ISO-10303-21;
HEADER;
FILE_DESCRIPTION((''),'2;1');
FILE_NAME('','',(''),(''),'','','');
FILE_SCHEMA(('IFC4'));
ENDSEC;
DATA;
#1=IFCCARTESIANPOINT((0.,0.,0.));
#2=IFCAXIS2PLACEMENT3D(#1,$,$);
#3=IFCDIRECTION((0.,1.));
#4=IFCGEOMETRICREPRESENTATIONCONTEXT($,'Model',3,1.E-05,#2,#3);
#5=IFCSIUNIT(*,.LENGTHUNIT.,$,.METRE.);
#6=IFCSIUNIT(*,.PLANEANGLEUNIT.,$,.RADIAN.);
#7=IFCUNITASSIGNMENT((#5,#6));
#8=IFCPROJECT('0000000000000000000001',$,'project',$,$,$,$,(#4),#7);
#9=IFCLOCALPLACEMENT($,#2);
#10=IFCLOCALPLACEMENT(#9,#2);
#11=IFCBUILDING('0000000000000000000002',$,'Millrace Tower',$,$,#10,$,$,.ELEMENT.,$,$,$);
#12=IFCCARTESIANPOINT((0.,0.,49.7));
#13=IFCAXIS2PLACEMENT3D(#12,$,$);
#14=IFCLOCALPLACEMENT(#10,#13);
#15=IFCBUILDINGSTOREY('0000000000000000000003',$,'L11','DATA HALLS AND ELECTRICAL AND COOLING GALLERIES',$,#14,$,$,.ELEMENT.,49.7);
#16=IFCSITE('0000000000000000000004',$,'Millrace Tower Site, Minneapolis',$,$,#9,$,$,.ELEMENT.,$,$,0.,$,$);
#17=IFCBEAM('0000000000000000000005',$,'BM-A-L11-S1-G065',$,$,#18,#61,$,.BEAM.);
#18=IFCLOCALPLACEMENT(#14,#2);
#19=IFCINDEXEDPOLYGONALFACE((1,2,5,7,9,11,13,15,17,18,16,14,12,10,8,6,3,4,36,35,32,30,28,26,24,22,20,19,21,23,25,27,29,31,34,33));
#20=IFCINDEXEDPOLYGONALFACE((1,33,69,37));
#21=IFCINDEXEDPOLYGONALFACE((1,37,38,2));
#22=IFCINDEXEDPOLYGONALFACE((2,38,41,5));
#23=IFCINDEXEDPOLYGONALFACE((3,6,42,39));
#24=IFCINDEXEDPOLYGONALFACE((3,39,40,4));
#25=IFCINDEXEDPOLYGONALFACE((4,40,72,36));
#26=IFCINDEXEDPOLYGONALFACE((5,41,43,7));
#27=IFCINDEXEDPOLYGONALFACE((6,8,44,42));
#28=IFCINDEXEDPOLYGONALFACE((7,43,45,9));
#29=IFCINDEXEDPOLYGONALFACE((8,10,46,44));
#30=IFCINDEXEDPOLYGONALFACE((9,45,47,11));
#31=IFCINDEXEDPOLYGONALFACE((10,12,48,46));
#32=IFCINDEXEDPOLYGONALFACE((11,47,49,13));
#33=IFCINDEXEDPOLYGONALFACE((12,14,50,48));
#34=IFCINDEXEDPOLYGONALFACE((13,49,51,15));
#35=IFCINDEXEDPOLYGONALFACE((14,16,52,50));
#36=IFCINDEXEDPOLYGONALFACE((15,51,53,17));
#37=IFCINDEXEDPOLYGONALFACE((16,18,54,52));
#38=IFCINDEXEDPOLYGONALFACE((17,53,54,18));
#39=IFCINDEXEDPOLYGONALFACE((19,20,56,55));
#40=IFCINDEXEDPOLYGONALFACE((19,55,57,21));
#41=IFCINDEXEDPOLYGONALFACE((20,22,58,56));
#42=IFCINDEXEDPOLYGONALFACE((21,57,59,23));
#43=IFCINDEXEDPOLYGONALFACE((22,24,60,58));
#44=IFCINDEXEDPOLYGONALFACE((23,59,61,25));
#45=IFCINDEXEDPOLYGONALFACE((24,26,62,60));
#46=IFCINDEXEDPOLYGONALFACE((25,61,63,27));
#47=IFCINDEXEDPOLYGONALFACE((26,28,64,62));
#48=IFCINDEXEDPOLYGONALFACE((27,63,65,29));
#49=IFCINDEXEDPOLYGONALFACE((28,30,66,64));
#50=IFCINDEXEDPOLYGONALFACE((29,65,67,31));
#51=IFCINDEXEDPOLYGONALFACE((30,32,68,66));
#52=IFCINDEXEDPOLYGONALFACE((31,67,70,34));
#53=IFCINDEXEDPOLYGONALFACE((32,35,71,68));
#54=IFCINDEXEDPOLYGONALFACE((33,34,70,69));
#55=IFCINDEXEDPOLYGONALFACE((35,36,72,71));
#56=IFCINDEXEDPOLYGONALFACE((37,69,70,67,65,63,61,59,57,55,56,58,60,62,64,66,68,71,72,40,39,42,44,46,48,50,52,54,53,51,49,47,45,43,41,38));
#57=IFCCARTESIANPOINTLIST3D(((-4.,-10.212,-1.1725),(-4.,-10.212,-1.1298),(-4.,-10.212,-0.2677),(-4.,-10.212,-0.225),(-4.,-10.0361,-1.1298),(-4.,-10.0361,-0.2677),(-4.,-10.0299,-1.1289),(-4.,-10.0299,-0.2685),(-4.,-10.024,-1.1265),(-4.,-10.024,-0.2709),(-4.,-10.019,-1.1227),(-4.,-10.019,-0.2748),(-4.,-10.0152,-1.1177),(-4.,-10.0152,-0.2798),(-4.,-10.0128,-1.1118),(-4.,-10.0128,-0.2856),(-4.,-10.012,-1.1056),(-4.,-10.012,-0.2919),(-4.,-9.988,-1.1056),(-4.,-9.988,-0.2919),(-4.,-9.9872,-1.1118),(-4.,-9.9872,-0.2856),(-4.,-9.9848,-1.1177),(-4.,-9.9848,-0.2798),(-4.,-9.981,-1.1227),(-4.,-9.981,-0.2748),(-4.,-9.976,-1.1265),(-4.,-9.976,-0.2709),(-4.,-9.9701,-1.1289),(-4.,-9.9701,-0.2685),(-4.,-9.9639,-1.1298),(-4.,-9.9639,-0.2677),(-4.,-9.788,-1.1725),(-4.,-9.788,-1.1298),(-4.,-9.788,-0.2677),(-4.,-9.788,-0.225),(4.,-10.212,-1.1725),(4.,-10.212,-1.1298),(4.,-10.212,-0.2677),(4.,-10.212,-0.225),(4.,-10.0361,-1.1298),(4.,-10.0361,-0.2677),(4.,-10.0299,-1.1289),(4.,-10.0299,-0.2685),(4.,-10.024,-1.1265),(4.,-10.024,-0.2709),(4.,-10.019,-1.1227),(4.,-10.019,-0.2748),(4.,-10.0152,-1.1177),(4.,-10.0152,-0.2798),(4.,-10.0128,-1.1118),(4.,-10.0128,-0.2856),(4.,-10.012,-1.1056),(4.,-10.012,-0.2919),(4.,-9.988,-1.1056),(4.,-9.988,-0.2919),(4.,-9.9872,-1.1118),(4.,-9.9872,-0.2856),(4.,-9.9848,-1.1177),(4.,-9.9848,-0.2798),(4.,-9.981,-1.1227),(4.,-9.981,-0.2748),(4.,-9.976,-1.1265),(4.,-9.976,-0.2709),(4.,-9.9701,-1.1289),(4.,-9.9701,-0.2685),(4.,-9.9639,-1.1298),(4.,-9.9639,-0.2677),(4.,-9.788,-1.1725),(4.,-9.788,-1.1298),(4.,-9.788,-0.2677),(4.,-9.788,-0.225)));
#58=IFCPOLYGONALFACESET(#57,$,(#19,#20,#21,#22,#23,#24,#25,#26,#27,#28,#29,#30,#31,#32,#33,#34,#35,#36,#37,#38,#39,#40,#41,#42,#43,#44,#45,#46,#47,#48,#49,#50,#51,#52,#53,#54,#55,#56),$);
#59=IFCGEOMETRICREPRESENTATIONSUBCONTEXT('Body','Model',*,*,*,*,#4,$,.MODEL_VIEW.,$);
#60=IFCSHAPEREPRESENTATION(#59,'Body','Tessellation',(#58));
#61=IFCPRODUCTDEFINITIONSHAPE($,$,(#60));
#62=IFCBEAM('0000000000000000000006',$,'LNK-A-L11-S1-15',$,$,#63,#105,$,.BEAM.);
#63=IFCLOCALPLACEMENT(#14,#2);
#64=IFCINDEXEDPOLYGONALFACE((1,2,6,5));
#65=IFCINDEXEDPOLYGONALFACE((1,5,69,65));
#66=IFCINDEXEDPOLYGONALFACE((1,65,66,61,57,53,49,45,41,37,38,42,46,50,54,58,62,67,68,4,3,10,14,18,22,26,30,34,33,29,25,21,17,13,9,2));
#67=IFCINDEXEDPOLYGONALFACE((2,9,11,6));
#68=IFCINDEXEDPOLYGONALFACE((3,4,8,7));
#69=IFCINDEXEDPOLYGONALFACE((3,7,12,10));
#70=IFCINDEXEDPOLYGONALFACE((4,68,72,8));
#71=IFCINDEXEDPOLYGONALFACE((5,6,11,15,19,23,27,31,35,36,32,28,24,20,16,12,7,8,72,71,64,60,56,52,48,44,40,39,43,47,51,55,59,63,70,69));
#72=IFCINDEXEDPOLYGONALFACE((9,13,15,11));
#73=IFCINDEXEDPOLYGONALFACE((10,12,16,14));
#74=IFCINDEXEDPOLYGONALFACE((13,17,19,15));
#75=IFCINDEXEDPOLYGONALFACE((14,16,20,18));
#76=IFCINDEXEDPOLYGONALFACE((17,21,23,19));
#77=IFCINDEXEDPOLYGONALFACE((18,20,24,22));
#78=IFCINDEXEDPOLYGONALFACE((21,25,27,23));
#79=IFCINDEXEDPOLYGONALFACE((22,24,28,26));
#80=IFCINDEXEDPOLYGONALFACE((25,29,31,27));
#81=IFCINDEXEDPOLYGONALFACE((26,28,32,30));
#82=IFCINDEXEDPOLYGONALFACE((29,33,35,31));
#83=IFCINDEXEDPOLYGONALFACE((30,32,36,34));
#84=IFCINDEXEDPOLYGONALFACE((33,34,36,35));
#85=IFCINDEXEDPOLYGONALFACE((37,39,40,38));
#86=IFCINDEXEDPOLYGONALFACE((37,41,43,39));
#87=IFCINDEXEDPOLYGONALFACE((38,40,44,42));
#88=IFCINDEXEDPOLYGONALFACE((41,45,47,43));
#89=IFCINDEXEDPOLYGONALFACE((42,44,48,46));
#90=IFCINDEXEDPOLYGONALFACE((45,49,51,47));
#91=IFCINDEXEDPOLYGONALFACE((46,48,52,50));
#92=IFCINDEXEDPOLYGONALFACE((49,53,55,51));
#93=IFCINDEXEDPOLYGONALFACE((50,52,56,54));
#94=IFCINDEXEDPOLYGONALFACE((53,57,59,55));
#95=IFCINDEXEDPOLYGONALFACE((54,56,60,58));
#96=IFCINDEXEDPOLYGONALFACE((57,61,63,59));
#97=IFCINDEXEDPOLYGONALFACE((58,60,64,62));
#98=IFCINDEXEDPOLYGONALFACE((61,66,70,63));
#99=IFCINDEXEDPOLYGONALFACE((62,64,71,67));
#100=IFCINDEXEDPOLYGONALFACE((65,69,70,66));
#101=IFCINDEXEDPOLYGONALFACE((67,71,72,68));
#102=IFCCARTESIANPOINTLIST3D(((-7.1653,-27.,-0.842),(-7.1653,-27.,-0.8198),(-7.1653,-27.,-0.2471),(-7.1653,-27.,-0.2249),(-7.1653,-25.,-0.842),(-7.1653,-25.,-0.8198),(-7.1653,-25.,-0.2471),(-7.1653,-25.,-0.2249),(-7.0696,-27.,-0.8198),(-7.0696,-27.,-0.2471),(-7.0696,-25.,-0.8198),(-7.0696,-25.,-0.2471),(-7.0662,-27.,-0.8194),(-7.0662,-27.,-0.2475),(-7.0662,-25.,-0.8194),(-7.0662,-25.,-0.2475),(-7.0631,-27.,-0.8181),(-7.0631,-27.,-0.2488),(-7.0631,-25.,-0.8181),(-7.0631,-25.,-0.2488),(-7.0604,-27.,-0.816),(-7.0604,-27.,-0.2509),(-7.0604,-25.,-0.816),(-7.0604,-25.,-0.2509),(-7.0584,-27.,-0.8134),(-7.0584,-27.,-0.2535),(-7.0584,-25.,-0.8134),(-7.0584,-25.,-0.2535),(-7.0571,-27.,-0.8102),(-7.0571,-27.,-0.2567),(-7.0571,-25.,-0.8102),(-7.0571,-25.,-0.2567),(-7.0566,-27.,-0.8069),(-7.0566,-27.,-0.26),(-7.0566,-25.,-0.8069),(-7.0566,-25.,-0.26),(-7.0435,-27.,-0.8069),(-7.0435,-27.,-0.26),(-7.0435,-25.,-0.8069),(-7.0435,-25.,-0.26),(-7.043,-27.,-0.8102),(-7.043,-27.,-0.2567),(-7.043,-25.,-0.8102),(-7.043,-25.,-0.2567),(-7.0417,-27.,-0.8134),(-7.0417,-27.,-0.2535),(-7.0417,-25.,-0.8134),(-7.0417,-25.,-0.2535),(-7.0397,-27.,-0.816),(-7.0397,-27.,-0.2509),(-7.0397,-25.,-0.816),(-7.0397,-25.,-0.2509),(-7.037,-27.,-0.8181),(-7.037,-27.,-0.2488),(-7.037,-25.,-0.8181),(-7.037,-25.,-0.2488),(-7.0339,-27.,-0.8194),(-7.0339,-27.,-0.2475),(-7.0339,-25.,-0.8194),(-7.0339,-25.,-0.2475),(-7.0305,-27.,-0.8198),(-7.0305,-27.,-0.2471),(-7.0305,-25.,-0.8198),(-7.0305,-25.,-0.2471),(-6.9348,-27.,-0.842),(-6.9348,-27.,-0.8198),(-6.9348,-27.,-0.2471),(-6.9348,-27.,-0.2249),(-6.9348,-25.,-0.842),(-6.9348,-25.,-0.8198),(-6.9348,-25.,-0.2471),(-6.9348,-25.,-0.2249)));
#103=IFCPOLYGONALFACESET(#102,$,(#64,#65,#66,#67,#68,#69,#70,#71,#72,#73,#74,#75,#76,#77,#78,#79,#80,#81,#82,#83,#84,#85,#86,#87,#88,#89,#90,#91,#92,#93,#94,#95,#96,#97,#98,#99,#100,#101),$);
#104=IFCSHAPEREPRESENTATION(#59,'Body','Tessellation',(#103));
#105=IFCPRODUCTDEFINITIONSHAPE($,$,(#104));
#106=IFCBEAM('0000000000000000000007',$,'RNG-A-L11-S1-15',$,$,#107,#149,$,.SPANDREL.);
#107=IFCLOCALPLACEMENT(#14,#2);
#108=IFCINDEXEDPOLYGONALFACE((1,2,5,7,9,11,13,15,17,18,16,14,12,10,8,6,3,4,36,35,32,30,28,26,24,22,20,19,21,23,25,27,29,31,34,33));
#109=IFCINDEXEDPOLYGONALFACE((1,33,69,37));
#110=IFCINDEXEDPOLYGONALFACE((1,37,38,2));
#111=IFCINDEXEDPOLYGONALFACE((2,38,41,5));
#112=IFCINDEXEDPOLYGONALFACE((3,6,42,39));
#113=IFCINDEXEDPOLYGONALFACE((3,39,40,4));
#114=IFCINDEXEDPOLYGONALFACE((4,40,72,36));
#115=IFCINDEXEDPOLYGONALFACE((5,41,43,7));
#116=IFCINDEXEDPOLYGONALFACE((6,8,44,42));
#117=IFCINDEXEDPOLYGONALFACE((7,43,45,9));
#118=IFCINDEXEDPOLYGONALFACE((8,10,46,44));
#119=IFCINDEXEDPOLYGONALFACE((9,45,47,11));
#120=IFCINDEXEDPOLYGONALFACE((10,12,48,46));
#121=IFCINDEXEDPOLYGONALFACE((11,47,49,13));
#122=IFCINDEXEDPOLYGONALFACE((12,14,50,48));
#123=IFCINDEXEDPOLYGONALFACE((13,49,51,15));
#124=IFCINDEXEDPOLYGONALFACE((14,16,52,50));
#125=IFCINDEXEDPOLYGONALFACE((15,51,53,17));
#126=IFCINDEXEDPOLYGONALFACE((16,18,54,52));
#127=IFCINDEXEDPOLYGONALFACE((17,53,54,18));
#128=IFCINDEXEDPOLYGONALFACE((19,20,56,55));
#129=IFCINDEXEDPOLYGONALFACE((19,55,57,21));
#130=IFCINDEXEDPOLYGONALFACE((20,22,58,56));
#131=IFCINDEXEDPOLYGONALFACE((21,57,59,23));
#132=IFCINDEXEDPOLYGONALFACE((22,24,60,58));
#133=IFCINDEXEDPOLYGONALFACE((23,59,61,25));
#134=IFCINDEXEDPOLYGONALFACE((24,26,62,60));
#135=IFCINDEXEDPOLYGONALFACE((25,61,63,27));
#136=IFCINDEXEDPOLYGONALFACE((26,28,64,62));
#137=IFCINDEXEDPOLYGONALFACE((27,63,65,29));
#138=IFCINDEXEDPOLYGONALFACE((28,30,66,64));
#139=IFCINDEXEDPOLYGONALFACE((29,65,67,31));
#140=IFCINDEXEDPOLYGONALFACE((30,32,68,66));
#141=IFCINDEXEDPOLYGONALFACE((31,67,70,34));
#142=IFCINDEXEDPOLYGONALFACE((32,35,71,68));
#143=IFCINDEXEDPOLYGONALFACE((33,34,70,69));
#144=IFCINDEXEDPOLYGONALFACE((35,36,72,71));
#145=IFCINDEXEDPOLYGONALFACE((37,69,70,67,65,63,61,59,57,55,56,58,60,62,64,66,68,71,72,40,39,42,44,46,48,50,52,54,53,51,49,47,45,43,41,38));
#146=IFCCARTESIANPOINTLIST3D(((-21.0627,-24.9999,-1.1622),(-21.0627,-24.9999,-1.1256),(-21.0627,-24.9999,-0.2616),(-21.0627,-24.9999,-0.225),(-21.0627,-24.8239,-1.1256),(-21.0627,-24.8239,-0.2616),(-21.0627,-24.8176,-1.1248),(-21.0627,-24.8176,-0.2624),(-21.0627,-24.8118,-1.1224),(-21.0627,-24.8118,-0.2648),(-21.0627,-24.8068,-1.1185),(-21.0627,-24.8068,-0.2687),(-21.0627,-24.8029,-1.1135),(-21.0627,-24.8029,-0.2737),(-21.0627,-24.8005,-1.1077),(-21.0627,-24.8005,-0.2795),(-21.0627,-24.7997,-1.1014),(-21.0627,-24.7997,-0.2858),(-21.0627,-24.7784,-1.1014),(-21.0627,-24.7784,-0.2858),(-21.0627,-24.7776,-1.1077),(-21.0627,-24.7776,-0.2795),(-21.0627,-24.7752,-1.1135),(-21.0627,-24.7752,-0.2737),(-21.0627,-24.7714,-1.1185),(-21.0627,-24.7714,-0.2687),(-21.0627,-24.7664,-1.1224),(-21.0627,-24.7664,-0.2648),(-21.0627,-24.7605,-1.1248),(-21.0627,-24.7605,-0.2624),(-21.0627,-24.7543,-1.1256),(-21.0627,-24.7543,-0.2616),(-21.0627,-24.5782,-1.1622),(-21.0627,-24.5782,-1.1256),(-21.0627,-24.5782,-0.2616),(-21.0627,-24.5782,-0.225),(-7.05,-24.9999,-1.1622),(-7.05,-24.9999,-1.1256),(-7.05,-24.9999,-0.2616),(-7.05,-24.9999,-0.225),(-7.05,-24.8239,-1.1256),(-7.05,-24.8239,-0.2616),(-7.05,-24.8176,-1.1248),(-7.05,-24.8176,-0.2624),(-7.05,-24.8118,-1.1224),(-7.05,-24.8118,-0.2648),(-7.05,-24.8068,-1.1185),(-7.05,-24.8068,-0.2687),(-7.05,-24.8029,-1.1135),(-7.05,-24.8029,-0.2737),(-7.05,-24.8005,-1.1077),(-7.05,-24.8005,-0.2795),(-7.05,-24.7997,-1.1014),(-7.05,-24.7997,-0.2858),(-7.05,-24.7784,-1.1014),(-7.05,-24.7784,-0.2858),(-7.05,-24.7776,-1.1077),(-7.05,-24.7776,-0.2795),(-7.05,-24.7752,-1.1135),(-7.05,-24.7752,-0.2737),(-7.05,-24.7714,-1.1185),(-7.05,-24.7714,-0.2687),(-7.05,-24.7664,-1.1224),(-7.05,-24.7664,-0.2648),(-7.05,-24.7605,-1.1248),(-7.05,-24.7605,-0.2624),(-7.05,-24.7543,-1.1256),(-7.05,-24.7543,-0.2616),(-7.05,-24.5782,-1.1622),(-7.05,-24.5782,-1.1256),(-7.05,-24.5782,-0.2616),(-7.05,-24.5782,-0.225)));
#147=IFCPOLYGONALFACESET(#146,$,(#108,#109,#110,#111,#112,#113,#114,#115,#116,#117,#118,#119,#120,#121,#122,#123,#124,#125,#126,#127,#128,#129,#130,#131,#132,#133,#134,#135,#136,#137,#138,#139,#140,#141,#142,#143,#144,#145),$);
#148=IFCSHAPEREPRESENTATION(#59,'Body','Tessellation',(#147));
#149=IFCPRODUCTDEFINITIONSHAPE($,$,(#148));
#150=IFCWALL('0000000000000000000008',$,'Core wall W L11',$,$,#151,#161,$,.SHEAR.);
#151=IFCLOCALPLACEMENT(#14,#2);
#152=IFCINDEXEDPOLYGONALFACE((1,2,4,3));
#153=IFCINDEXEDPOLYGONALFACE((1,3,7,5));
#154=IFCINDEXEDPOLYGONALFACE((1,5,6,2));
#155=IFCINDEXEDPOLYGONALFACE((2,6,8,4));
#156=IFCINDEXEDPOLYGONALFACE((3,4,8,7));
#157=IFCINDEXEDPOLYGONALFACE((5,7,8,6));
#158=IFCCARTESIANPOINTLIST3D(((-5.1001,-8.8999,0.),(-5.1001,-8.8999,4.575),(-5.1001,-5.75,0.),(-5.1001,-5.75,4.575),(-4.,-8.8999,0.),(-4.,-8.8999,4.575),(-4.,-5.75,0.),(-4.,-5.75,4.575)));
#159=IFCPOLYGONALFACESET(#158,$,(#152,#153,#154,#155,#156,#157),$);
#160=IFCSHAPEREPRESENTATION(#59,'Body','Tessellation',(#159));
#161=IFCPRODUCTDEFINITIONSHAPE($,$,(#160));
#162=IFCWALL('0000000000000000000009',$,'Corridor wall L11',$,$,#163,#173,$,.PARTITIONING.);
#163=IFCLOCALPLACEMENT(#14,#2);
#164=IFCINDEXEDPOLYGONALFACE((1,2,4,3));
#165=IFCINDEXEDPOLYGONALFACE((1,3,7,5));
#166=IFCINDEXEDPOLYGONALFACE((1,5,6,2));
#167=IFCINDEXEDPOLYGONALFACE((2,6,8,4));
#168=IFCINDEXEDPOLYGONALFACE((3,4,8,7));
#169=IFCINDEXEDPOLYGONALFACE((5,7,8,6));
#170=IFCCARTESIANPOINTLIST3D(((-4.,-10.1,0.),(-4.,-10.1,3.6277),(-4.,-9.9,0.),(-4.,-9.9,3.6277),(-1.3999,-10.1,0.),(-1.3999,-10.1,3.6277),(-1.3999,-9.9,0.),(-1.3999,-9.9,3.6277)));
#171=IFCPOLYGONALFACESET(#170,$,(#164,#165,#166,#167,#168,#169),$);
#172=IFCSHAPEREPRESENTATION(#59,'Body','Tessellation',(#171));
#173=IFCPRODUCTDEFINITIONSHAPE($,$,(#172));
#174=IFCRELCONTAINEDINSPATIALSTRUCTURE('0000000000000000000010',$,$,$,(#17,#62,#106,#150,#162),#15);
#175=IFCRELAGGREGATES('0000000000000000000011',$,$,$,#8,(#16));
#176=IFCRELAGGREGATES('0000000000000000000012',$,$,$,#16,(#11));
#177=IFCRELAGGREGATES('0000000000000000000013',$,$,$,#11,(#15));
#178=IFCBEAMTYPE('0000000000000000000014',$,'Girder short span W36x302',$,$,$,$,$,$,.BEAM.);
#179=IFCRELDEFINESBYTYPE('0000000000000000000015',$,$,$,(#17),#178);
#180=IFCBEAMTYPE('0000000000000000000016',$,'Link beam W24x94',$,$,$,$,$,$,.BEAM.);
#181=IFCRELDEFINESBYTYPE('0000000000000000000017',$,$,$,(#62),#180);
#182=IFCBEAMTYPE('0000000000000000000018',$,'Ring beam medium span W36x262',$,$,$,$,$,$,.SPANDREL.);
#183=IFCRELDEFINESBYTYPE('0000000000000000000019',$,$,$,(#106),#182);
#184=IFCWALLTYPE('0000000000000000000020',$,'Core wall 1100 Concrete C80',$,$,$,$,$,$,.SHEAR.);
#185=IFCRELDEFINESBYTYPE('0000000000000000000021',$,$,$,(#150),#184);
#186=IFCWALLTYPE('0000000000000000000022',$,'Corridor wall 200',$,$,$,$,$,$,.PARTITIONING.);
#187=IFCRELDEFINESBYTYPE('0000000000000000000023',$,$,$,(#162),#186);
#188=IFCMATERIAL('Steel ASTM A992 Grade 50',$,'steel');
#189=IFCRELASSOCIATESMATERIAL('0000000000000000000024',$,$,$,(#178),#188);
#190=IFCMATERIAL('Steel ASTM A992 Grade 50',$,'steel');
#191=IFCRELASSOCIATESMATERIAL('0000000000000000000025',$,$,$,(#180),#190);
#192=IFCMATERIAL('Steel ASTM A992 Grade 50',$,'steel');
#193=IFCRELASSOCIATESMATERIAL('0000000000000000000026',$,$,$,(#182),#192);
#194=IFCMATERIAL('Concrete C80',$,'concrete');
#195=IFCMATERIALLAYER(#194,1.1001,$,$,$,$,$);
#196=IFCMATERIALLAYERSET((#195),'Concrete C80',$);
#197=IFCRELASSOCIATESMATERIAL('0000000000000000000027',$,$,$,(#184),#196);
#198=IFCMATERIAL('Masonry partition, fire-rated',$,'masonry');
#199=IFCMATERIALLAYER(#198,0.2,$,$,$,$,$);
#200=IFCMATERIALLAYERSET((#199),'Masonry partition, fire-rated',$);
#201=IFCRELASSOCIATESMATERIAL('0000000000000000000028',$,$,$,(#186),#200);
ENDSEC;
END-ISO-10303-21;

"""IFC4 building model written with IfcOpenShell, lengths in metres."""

from ifc_helpers import new_model, si_unit, direction, frame, frame_2d, origin, origin_2d, place, context, subcontext, project, spatial, rectangle, i_section, extrude, material, layer, layer_set, material_profile, profile_set, type_object, element, save


model = new_model("IFC4")

# Units and contexts
model_context = context("Model", 3, precision=1e-05, world=origin(), true_north=direction((0.0, 1.0)))
body_context = subcontext(model_context, "Body", "Model", "MODEL_VIEW")
ifc_project = project(units=[si_unit("LENGTHUNIT", "METRE"), si_unit("PLANEANGLEUNIT", "RADIAN")], contexts=[model_context])

# Site, building, storey
site_placement = place(None, origin())
site = spatial("IfcSite", under=ifc_project, at=site_placement, Name="Millrace Tower Site, Minneapolis", CompositionType="ELEMENT", RefElevation=0.0)
building_placement = place(site_placement, origin())
building = spatial("IfcBuilding", under=site, at=building_placement, Name="Millrace Tower", CompositionType="ELEMENT")
storey_placement = place(building_placement, frame((0.0, 0.0, 49.7)))
storey = spatial("IfcBuildingStorey", under=building, at=storey_placement, Name="L11", Description="DATA HALLS AND ELECTRICAL AND COOLING GALLERIES", CompositionType="ELEMENT", Elevation=49.7)

# Beams
ifc_material_1 = material(Name="Steel ASTM A992 Grade 50", Category="steel")
ifc_material_profile_1 = material_profile(ifc_material_1, i_section(OverallWidth=0.4241, OverallDepth=0.9475, WebThickness=0.0239, FlangeThickness=0.0427, FilletRadius=0.0242, at=origin_2d()))
ifc_profile_set_1 = profile_set([ifc_material_profile_1], Name="Steel ASTM A992 Grade 50")
beam_type_1 = type_object("IfcBeamType", Name="Girder short span W36x302", PredefinedType="BEAM", material=ifc_profile_set_1)
beam_1_placement = place(storey_placement, frame((-4.0, -10.0, -0.6987), z_axis=(1.0, 0.0, 0.0), x_axis=(0.0, 1.0, 0.0)))
element("IfcBeam", 1, at=beam_1_placement, inside=storey, type_object=beam_type_1, Name="BM-A-L11-S1-G065", PredefinedType="BEAM", context=body_context, shape_type="SweptSolid", body=[
    extrude(i_section(OverallWidth=0.4241, OverallDepth=0.9475, WebThickness=0.0239, FlangeThickness=0.0427, FilletRadius=0.0242, at=origin_2d()), origin(), (0.0, 0.0, 1.0), 8.0),
])
ifc_material_2 = material(Name="Steel ASTM A992 Grade 50", Category="steel")
ifc_material_profile_2 = material_profile(ifc_material_2, i_section(OverallWidth=0.2305, OverallDepth=0.6172, WebThickness=0.0132, FlangeThickness=0.0222, FilletRadius=0.0129, at=origin_2d()))
ifc_profile_set_2 = profile_set([ifc_material_profile_2], Name="Steel ASTM A992 Grade 50")
beam_type_2 = type_object("IfcBeamType", Name="Link beam W24x94", PredefinedType="BEAM", material=ifc_profile_set_2)
beam_2_placement = place(storey_placement, frame((-7.05, -25.0, -0.5334), z_axis=(0.0, -1.0, 0.0), x_axis=(1.0, 0.0, 0.0)))
element("IfcBeam", 2, at=beam_2_placement, inside=storey, type_object=beam_type_2, Name="LNK-A-L11-S1-15", PredefinedType="BEAM", context=body_context, shape_type="SweptSolid", body=[
    extrude(i_section(OverallWidth=0.2305, OverallDepth=0.6172, WebThickness=0.0132, FlangeThickness=0.0222, FilletRadius=0.0129, at=origin_2d()), origin(), (0.0, 0.0, 1.0), 2.0),
])
ifc_material_3 = material(Name="Steel ASTM A992 Grade 50", Category="steel")
ifc_material_profile_3 = material_profile(ifc_material_3, i_section(OverallWidth=0.4216, OverallDepth=0.9373, WebThickness=0.0212, FlangeThickness=0.0366, FilletRadius=0.0242, at=origin_2d()))
ifc_profile_set_3 = profile_set([ifc_material_profile_3], Name="Steel ASTM A992 Grade 50")
beam_type_3 = type_object("IfcBeamType", Name="Ring beam medium span W36x262", PredefinedType="SPANDREL", material=ifc_profile_set_3)
beam_3_placement = place(storey_placement, frame((-7.05, -24.7891, -0.6936), z_axis=(-1.0, 0.0, 0.0), x_axis=(0.0, -1.0, 0.0)))
element("IfcBeam", 3, at=beam_3_placement, inside=storey, type_object=beam_type_3, Name="RNG-A-L11-S1-15", PredefinedType="SPANDREL", context=body_context, shape_type="SweptSolid", body=[
    extrude(i_section(OverallWidth=0.4216, OverallDepth=0.9373, WebThickness=0.0212, FlangeThickness=0.0366, FilletRadius=0.0242, at=origin_2d()), origin(), (0.0, 0.0, 1.0), 14.0127),
])

# Walls
ifc_material_4 = material(Name="Concrete C80", Category="concrete")
ifc_layer_1 = layer(ifc_material_4, 1.1001)
ifc_layer_set_1 = layer_set([ifc_layer_1], Name="Concrete C80")
wall_type_1 = type_object("IfcWallType", Name="Core wall 1100 Concrete C80", PredefinedType="SHEAR", material=ifc_layer_set_1)
wall_1_placement = place(storey_placement, frame((-4.55, -8.8999, 0.0), z_axis=(0.0, 0.0, 1.0), x_axis=(0.0, 1.0, 0.0)))
element("IfcWall", 4, at=wall_1_placement, inside=storey, type_object=wall_type_1, Name="Core wall W L11", PredefinedType="SHEAR", context=body_context, shape_type="SweptSolid", body=[
    extrude(rectangle(XDim=3.1499, YDim=1.1001, at=frame_2d((1.575, 0.0))), origin(), (0.0, 0.0, 1.0), 4.575),
])
ifc_material_5 = material(Name="Masonry partition, fire-rated", Category="masonry")
ifc_layer_2 = layer(ifc_material_5, 0.2)
ifc_layer_set_2 = layer_set([ifc_layer_2], Name="Masonry partition, fire-rated")
wall_type_2 = type_object("IfcWallType", Name="Corridor wall 200", PredefinedType="PARTITIONING", material=ifc_layer_set_2)
wall_2_placement = place(storey_placement, frame((-4.0, -10.0, 0.0), z_axis=(0.0, 0.0, 1.0), x_axis=(1.0, 0.0, 0.0)))
element("IfcWall", 5, at=wall_2_placement, inside=storey, type_object=wall_type_2, Name="Corridor wall L11", PredefinedType="PARTITIONING", context=body_context, shape_type="SweptSolid", body=[
    extrude(rectangle(XDim=2.6001, YDim=0.2, at=frame_2d((1.3, 0.0))), origin(), (0.0, 0.0, 1.0), 3.6277),
])

save(model, "model.ifc")
